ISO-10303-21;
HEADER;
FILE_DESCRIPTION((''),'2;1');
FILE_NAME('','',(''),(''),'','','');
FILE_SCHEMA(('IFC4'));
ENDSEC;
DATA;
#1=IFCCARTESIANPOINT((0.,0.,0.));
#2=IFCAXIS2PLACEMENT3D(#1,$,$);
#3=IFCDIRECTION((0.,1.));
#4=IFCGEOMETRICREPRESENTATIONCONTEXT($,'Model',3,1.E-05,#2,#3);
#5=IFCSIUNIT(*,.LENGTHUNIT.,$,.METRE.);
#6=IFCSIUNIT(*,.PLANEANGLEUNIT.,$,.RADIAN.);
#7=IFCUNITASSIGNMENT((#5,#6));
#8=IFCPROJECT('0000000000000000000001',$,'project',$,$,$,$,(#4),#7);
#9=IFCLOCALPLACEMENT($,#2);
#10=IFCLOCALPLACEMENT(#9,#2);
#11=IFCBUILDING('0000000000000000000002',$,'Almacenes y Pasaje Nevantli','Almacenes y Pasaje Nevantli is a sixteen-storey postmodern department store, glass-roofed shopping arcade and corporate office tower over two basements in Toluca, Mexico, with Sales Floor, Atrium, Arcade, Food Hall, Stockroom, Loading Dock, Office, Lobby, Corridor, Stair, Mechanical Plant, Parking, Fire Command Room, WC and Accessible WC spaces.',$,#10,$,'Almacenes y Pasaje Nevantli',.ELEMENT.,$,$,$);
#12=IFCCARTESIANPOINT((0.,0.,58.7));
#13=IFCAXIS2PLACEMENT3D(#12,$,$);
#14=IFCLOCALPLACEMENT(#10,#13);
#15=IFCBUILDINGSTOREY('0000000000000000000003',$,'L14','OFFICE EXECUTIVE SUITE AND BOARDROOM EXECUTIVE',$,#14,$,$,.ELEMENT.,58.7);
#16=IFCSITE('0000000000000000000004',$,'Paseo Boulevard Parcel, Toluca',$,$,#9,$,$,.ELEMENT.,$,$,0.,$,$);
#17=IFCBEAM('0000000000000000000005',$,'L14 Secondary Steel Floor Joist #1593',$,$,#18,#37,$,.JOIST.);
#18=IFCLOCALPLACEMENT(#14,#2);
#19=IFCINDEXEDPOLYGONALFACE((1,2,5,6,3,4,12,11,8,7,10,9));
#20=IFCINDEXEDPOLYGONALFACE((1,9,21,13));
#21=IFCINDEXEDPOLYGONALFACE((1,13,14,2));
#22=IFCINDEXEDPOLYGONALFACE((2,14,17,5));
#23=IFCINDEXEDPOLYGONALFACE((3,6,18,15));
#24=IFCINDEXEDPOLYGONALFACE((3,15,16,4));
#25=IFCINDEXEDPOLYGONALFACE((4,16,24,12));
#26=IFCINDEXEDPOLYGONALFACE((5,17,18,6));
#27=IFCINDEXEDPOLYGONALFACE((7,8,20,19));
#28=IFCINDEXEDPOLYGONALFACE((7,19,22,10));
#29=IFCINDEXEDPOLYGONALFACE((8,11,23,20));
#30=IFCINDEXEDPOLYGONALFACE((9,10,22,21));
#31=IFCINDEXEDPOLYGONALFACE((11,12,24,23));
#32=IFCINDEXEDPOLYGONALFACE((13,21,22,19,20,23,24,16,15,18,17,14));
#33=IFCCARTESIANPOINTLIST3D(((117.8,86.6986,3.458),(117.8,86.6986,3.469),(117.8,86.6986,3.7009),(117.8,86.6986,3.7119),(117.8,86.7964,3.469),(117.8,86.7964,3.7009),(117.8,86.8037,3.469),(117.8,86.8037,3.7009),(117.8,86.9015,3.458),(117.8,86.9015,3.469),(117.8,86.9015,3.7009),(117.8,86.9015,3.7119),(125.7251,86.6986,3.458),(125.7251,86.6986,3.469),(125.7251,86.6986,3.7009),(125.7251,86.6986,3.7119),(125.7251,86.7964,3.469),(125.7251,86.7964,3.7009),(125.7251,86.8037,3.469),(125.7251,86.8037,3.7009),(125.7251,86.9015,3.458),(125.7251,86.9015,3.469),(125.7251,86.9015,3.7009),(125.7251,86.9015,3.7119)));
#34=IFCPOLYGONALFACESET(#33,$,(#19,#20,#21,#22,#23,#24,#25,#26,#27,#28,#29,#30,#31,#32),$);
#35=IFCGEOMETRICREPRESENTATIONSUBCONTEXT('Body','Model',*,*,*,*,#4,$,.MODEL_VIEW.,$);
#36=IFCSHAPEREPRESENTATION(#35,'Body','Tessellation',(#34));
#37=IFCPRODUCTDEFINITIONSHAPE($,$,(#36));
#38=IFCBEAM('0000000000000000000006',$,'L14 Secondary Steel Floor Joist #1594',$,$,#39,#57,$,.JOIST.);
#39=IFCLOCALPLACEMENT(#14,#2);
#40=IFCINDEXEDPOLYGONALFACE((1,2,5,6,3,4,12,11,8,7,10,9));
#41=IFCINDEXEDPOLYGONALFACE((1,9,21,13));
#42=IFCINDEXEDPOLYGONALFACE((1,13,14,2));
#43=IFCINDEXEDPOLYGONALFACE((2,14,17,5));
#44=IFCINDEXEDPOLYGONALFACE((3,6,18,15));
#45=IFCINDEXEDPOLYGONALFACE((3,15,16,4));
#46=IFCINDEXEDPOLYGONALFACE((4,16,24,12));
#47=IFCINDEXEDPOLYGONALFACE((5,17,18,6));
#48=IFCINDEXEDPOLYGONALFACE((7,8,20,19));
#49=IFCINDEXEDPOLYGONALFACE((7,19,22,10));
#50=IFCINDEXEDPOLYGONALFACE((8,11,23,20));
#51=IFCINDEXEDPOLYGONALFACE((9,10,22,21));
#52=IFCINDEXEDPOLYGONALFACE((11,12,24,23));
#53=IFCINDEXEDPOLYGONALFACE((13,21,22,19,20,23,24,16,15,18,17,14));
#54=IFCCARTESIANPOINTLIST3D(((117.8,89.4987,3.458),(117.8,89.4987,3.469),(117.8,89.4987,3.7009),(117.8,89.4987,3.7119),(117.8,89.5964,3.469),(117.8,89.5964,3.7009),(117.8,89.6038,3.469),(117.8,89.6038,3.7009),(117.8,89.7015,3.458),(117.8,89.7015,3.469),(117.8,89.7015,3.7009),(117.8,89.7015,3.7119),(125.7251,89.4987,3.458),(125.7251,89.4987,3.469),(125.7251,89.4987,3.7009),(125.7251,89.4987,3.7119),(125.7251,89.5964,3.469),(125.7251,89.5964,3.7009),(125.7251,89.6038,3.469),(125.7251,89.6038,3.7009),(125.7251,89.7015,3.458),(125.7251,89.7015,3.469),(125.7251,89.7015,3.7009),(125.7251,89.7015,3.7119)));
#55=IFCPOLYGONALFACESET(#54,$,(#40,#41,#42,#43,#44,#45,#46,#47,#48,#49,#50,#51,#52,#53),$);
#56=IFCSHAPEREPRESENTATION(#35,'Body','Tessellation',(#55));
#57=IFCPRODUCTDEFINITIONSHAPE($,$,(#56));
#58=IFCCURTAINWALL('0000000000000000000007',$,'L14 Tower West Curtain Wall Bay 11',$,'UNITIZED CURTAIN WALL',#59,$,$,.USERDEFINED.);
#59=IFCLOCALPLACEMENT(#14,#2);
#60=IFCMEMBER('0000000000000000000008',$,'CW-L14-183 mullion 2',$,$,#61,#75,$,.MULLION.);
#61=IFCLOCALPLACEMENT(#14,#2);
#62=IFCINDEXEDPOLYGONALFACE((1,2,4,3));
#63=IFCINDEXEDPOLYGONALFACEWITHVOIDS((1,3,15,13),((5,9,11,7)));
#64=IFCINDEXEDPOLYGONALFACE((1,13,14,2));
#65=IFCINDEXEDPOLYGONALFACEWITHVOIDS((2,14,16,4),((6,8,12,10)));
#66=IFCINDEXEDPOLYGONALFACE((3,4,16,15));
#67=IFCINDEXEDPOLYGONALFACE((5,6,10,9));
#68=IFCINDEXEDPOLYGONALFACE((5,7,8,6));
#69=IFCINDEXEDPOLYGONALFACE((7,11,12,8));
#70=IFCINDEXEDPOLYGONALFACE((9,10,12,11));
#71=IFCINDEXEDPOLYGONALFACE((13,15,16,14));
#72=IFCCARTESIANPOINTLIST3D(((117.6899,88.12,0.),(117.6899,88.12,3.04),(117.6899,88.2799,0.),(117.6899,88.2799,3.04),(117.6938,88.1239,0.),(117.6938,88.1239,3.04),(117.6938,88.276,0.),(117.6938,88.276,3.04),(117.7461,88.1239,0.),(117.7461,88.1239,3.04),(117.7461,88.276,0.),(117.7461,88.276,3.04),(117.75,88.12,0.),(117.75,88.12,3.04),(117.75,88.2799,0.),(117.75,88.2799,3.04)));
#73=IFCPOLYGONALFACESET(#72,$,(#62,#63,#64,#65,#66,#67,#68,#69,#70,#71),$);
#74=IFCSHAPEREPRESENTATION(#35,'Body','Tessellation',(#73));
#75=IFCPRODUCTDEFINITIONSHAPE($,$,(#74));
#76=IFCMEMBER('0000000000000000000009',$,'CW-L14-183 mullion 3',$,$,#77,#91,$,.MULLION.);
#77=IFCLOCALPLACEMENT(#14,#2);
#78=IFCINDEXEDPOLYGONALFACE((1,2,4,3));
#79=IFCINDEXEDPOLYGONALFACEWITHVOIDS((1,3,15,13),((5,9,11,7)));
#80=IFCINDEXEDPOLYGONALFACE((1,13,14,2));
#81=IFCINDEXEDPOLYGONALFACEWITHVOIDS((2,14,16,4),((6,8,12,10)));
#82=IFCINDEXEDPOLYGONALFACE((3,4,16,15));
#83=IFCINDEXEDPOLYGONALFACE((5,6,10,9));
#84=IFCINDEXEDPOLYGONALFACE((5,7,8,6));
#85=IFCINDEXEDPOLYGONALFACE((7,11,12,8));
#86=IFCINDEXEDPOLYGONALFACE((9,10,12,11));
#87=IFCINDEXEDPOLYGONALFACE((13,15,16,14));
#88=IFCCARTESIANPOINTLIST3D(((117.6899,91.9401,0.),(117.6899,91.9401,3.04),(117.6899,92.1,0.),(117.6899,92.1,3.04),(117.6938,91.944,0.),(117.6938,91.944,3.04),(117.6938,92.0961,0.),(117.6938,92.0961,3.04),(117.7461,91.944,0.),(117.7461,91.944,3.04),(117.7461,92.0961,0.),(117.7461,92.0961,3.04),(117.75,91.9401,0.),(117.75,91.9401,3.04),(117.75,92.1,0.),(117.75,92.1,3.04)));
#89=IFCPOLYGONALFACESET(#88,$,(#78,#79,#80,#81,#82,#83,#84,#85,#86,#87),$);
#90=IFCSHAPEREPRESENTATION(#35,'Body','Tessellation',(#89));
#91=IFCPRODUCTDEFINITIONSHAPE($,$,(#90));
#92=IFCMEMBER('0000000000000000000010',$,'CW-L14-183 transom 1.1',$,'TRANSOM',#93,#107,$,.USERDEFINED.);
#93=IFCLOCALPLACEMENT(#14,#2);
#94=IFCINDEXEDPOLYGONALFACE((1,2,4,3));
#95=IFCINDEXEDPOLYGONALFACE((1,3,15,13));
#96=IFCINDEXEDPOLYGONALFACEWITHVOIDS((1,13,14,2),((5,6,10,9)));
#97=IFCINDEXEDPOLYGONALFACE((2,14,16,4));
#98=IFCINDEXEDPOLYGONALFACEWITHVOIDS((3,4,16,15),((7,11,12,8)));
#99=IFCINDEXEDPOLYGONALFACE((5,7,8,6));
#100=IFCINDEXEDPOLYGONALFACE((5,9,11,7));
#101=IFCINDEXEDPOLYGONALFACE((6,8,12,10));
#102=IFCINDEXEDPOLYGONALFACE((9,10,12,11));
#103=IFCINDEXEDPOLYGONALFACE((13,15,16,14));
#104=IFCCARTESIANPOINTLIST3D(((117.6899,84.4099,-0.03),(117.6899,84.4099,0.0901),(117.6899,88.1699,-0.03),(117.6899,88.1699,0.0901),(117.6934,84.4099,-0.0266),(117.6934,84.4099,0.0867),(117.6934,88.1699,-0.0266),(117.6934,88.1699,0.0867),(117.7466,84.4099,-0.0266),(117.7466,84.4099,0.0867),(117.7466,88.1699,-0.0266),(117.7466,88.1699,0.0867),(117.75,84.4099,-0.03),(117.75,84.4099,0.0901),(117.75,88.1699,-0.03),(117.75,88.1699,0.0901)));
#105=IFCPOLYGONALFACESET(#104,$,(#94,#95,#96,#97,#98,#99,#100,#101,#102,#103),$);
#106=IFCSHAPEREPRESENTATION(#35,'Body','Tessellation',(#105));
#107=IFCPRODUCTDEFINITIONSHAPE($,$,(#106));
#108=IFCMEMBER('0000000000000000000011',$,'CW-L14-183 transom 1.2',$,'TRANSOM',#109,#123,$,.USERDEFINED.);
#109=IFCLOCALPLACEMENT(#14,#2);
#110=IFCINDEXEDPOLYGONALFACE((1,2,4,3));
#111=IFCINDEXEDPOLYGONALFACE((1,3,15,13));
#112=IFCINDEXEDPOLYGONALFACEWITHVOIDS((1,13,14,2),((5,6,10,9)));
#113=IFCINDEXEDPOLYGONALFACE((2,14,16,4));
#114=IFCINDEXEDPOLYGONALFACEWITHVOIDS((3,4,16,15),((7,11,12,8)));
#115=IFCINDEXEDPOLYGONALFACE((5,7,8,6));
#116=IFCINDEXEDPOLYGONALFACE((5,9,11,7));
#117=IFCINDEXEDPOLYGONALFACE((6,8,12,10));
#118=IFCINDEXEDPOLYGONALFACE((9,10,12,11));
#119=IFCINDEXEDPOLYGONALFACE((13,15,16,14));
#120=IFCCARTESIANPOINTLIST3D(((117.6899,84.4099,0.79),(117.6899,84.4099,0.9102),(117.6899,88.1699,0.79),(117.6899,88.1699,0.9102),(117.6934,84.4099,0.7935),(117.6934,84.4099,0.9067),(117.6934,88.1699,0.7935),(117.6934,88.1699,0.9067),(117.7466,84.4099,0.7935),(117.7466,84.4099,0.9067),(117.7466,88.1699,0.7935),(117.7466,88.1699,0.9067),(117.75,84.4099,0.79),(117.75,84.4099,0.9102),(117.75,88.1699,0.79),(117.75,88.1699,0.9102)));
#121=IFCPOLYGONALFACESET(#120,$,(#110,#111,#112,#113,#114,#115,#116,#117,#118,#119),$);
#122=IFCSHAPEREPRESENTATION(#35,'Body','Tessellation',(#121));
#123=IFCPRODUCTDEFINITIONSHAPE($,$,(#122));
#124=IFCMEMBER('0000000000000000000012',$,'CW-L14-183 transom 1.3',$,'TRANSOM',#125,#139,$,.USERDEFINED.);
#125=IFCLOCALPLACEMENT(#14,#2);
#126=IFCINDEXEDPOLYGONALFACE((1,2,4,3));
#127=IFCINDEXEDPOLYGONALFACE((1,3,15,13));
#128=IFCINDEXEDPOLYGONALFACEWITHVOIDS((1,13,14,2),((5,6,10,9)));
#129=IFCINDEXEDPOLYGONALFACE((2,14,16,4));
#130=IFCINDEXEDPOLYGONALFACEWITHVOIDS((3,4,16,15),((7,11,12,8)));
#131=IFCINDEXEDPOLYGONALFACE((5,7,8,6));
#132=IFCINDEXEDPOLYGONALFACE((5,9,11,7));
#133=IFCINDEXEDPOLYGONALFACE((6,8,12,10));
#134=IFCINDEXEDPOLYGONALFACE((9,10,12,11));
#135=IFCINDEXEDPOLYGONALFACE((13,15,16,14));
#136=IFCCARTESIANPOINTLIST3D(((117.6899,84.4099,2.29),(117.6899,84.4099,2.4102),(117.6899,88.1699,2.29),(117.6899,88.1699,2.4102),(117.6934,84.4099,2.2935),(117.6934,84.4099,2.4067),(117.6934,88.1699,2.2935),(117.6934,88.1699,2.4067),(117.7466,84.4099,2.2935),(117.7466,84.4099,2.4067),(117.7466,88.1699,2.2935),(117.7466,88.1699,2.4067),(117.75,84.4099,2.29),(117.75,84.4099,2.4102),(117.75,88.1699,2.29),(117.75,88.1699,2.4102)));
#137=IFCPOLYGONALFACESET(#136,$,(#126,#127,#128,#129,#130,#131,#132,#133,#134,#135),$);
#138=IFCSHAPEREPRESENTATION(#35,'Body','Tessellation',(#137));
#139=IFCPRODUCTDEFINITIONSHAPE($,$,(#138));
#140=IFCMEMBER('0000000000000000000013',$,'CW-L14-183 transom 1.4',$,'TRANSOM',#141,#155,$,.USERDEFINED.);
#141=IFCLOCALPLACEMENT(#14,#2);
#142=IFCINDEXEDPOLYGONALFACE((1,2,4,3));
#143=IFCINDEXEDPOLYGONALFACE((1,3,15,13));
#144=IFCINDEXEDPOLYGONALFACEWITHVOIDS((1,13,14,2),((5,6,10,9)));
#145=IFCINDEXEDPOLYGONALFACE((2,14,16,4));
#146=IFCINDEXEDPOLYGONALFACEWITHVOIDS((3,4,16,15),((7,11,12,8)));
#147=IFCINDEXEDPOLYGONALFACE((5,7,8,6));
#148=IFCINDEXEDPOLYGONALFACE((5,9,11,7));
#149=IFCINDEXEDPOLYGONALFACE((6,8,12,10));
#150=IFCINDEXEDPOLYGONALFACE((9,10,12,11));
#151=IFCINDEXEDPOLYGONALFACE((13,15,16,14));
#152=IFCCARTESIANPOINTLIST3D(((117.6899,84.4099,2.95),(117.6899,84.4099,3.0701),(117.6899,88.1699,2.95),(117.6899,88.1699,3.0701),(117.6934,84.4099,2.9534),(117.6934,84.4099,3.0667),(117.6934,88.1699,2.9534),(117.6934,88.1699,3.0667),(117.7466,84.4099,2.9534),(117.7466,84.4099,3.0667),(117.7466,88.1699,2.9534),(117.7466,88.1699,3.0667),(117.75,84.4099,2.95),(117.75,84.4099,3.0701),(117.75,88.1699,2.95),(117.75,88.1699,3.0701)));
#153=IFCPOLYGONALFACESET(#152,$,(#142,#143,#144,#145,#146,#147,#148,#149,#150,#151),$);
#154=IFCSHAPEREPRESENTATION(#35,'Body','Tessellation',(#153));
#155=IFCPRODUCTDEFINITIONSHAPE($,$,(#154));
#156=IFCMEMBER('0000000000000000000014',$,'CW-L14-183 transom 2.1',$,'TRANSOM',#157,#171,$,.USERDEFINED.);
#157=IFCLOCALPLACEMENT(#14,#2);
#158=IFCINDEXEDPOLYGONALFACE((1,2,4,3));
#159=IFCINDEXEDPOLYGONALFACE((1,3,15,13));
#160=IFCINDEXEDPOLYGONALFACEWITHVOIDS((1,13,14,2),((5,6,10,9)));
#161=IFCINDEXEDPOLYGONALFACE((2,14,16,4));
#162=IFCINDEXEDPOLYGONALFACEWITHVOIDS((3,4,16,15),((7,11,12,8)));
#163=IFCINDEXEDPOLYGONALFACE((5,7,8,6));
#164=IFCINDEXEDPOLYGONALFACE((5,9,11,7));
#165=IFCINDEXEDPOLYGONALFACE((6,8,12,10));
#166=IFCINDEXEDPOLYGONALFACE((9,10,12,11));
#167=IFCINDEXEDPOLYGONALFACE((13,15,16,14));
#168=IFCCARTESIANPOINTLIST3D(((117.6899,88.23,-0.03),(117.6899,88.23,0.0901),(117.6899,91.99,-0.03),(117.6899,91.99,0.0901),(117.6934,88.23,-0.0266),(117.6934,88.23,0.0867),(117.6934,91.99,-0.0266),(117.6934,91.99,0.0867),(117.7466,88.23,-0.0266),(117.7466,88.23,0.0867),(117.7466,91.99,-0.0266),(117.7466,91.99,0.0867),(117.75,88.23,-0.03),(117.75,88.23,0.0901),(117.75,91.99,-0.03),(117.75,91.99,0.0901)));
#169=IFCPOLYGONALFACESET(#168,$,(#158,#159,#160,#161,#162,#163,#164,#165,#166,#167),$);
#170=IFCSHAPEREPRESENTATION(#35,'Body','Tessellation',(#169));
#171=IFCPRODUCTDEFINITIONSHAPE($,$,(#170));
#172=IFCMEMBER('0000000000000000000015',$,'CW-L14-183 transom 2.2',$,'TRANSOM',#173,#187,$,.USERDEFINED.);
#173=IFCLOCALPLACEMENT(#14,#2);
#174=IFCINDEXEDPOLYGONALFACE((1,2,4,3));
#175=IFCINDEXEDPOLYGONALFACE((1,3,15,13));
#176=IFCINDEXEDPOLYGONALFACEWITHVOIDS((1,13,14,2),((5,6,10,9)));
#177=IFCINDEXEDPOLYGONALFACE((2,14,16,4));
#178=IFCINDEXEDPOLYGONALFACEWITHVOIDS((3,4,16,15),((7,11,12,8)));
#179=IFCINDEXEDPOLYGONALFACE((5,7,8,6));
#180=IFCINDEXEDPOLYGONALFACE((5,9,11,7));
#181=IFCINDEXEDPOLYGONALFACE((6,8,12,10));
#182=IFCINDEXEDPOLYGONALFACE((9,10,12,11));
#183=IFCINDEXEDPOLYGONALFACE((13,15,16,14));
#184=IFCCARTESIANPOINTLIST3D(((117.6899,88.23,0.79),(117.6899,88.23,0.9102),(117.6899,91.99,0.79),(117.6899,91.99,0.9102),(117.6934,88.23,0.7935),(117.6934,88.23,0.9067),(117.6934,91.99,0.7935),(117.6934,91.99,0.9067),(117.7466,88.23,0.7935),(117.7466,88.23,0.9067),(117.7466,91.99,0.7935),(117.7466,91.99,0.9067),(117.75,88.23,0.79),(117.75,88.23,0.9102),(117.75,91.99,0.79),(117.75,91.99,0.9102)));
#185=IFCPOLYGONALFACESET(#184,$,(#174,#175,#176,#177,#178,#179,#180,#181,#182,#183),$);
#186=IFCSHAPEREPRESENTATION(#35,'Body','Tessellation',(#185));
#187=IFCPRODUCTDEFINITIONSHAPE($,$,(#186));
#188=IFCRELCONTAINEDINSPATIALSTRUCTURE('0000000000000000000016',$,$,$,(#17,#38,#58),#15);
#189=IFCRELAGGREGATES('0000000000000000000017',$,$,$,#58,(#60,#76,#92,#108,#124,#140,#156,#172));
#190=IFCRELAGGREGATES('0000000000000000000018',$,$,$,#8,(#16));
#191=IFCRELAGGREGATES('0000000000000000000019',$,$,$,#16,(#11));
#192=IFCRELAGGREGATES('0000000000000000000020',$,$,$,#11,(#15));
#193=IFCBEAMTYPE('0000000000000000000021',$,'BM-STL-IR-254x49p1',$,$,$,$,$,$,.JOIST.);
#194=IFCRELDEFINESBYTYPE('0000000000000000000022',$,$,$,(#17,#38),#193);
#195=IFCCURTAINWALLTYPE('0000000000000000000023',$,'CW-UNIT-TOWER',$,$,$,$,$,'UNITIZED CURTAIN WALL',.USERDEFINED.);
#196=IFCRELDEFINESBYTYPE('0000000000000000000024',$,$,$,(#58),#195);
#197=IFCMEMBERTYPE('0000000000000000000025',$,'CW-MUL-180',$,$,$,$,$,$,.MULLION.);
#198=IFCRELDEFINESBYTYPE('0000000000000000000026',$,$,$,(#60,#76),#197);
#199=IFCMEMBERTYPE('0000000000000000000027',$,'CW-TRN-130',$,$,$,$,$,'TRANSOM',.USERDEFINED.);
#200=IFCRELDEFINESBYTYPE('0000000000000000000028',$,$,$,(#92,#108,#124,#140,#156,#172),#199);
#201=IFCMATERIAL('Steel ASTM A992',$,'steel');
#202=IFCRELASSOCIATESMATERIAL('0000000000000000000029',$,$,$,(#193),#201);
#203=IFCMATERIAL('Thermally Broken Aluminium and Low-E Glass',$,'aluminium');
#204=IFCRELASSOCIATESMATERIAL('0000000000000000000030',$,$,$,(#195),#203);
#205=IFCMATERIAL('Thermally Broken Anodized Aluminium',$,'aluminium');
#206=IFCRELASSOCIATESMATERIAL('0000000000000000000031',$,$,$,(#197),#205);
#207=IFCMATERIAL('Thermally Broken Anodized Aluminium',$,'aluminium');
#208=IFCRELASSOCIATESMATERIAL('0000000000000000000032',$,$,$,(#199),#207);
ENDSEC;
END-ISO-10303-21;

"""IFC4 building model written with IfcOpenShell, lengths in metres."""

from ifc_helpers import new_model, si_unit, direction, frame, origin, origin_2d, place, context, subcontext, project, spatial, hollow_rectangle, i_section, extrude, material, material_profile, profile_set, type_object, element, aggregate, save


model = new_model("IFC4")

# Units and contexts
model_context = context("Model", 3, precision=1e-05, world=origin(), true_north=direction((0.0, 1.0)))
body_context = subcontext(model_context, "Body", "Model", "MODEL_VIEW")
ifc_project = project(units=[si_unit("LENGTHUNIT", "METRE"), si_unit("PLANEANGLEUNIT", "RADIAN")], contexts=[model_context])

# Site, building, storey
site_placement = place(None, origin())
site = spatial("IfcSite", under=ifc_project, at=site_placement, Name="Paseo Boulevard Parcel, Toluca", CompositionType="ELEMENT", RefElevation=0.0)
building_placement = place(site_placement, origin())
building = spatial("IfcBuilding", under=site, at=building_placement, Name="Almacenes y Pasaje Nevantli", Description="Almacenes y Pasaje Nevantli is a sixteen-storey postmodern department store, glass-roofed shopping arcade and corporate office tower over two basements in Toluca, Mexico, with Sales Floor, Atrium, Arcade, Food Hall, Stockroom, Loading Dock, Office, Lobby, Corridor, Stair, Mechanical Plant, Parking, Fire Command Room, WC and Accessible WC spaces.", LongName="Almacenes y Pasaje Nevantli", CompositionType="ELEMENT")
storey_placement = place(building_placement, frame((0.0, 0.0, 58.7)))
storey = spatial("IfcBuildingStorey", under=building, at=storey_placement, Name="L14", Description="OFFICE EXECUTIVE SUITE AND BOARDROOM EXECUTIVE", CompositionType="ELEMENT", Elevation=58.7)

# Beams
ifc_material_1 = material(Name="Steel ASTM A992", Category="steel")
ifc_material_profile_1 = material_profile(ifc_material_1, i_section(OverallWidth=0.2029, OverallDepth=0.2539, WebThickness=0.0073, FlangeThickness=0.011, at=origin_2d()), Name="IR 254x49.1")
ifc_profile_set_1 = profile_set([ifc_material_profile_1], Name="Steel ASTM A992")
beam_type = type_object("IfcBeamType", Name="BM-STL-IR-254x49p1", PredefinedType="JOIST", material=ifc_profile_set_1)
for number, where, z_axis, x_axis, name in (
    (1, (117.8, 86.8, 3.585), (1.0, 0.0, 0.0), (0.0, 1.0, 0.0), "L14 Secondary Steel Floor Joist #1593"),
    (2, (117.8, 89.6001, 3.585), (1.0, 0.0, 0.0), (0.0, 1.0, 0.0), "L14 Secondary Steel Floor Joist #1594"),
):
    element("IfcBeam", number, at=place(storey_placement, frame(where, z_axis=z_axis, x_axis=x_axis)), inside=storey, type_object=beam_type, Name=name, PredefinedType="JOIST", context=body_context, shape_type="SweptSolid", body=[
        extrude(i_section(OverallWidth=0.2029, OverallDepth=0.2539, WebThickness=0.0073, FlangeThickness=0.011, at=origin_2d()), origin(), (0.0, 0.0, 1.0), 7.925),
    ])

# Curtain wall, members
ifc_material_2 = material(Name="Thermally Broken Aluminium and Low-E Glass", Category="aluminium")
curtain_wall_type = type_object("IfcCurtainWallType", Name="CW-UNIT-TOWER", ElementType="UNITIZED CURTAIN WALL", PredefinedType="USERDEFINED", material=ifc_material_2)
curtain_wall_placement = place(storey_placement, origin())
curtain_wall = element("IfcCurtainWall", 3, at=curtain_wall_placement, inside=storey, type_object=curtain_wall_type, Name="L14 Tower West Curtain Wall Bay 11", ObjectType="UNITIZED CURTAIN WALL", PredefinedType="USERDEFINED")
ifc_material_3 = material(Name="Thermally Broken Anodized Aluminium", Category="aluminium")
ifc_material_profile_2 = material_profile(ifc_material_3, hollow_rectangle(XDim=0.0601, YDim=0.1599, WallThickness=0.0039, at=origin_2d()), Name="ALU-MUL-60x160")
ifc_profile_set_2 = profile_set([ifc_material_profile_2], Name="Thermally Broken Anodized Aluminium")
member_type_1 = type_object("IfcMemberType", Name="CW-MUL-180", PredefinedType="MULLION", material=ifc_profile_set_2)
member_1_placement = place(storey_placement, frame((117.72, 88.2, 0.0), z_axis=(0.0, 0.0, 1.0), x_axis=(-1.0, 0.0, 0.0)))
member_1 = element("IfcMember", 4, at=member_1_placement, type_object=member_type_1, Name="CW-L14-183 mullion 2", PredefinedType="MULLION", context=body_context, shape_type="SweptSolid", body=[
    extrude(hollow_rectangle(XDim=0.0601, YDim=0.1599, WallThickness=0.0039, at=origin_2d()), origin(), (0.0, 0.0, 1.0), 3.04),
])
member_2_placement = place(storey_placement, frame((117.72, 92.02, 0.0), z_axis=(0.0, 0.0, 1.0), x_axis=(-1.0, 0.0, 0.0)))
member_2 = element("IfcMember", 5, at=member_2_placement, type_object=member_type_1, Name="CW-L14-183 mullion 3", PredefinedType="MULLION", context=body_context, shape_type="SweptSolid", body=[
    extrude(hollow_rectangle(XDim=0.0601, YDim=0.1599, WallThickness=0.0039, at=origin_2d()), origin(), (0.0, 0.0, 1.0), 3.04),
])
ifc_material_4 = material(Name="Thermally Broken Anodized Aluminium", Category="aluminium")
ifc_material_profile_3 = material_profile(ifc_material_4, hollow_rectangle(XDim=0.0601, YDim=0.1201, WallThickness=0.0034, at=origin_2d()), Name="ALU-TRN-60x120")
ifc_profile_set_3 = profile_set([ifc_material_profile_3], Name="Thermally Broken Anodized Aluminium")
member_type_2 = type_object("IfcMemberType", Name="CW-TRN-130", ElementType="TRANSOM", PredefinedType="USERDEFINED", material=ifc_profile_set_3)
member_3_placement = place(storey_placement, frame((117.72, 84.4099, 0.03), z_axis=(0.0, 1.0, 0.0), x_axis=(-1.0, 0.0, 0.0)))
member_3 = element("IfcMember", 6, at=member_3_placement, type_object=member_type_2, Name="CW-L14-183 transom 1.1", ObjectType="TRANSOM", PredefinedType="USERDEFINED", context=body_context, shape_type="SweptSolid", body=[
    extrude(hollow_rectangle(XDim=0.0601, YDim=0.1201, WallThickness=0.0034, at=origin_2d()), origin(), (0.0, 0.0, 1.0), 3.76),
])
member_4_placement = place(storey_placement, frame((117.72, 84.4099, 0.8501), z_axis=(0.0, 1.0, 0.0), x_axis=(-1.0, 0.0, 0.0)))
member_4 = element("IfcMember", 7, at=member_4_placement, type_object=member_type_2, Name="CW-L14-183 transom 1.2", ObjectType="TRANSOM", PredefinedType="USERDEFINED", context=body_context, shape_type="SweptSolid", body=[
    extrude(hollow_rectangle(XDim=0.0601, YDim=0.1201, WallThickness=0.0034, at=origin_2d()), origin(), (0.0, 0.0, 1.0), 3.76),
])
member_5_placement = place(storey_placement, frame((117.72, 84.4099, 2.3501), z_axis=(0.0, 1.0, 0.0), x_axis=(-1.0, 0.0, 0.0)))
member_5 = element("IfcMember", 8, at=member_5_placement, type_object=member_type_2, Name="CW-L14-183 transom 1.3", ObjectType="TRANSOM", PredefinedType="USERDEFINED", context=body_context, shape_type="SweptSolid", body=[
    extrude(hollow_rectangle(XDim=0.0601, YDim=0.1201, WallThickness=0.0034, at=origin_2d()), origin(), (0.0, 0.0, 1.0), 3.76),
])
member_6_placement = place(storey_placement, frame((117.72, 84.4099, 3.01), z_axis=(0.0, 1.0, 0.0), x_axis=(-1.0, 0.0, 0.0)))
member_6 = element("IfcMember", 9, at=member_6_placement, type_object=member_type_2, Name="CW-L14-183 transom 1.4", ObjectType="TRANSOM", PredefinedType="USERDEFINED", context=body_context, shape_type="SweptSolid", body=[
    extrude(hollow_rectangle(XDim=0.0601, YDim=0.1201, WallThickness=0.0034, at=origin_2d()), origin(), (0.0, 0.0, 1.0), 3.76),
])
member_7_placement = place(storey_placement, frame((117.72, 88.23, 0.03), z_axis=(0.0, 1.0, 0.0), x_axis=(-1.0, 0.0, 0.0)))
member_7 = element("IfcMember", 10, at=member_7_placement, type_object=member_type_2, Name="CW-L14-183 transom 2.1", ObjectType="TRANSOM", PredefinedType="USERDEFINED", context=body_context, shape_type="SweptSolid", body=[
    extrude(hollow_rectangle(XDim=0.0601, YDim=0.1201, WallThickness=0.0034, at=origin_2d()), origin(), (0.0, 0.0, 1.0), 3.76),
])
member_8_placement = place(storey_placement, frame((117.72, 88.23, 0.8501), z_axis=(0.0, 1.0, 0.0), x_axis=(-1.0, 0.0, 0.0)))
member_8 = element("IfcMember", 11, at=member_8_placement, type_object=member_type_2, Name="CW-L14-183 transom 2.2", ObjectType="TRANSOM", PredefinedType="USERDEFINED", context=body_context, shape_type="SweptSolid", body=[
    extrude(hollow_rectangle(XDim=0.0601, YDim=0.1201, WallThickness=0.0034, at=origin_2d()), origin(), (0.0, 0.0, 1.0), 3.76),
])
aggregate(curtain_wall, [member_1, member_2, member_3, member_4, member_5, member_6, member_7, member_8])

save(model, "model.ifc")
